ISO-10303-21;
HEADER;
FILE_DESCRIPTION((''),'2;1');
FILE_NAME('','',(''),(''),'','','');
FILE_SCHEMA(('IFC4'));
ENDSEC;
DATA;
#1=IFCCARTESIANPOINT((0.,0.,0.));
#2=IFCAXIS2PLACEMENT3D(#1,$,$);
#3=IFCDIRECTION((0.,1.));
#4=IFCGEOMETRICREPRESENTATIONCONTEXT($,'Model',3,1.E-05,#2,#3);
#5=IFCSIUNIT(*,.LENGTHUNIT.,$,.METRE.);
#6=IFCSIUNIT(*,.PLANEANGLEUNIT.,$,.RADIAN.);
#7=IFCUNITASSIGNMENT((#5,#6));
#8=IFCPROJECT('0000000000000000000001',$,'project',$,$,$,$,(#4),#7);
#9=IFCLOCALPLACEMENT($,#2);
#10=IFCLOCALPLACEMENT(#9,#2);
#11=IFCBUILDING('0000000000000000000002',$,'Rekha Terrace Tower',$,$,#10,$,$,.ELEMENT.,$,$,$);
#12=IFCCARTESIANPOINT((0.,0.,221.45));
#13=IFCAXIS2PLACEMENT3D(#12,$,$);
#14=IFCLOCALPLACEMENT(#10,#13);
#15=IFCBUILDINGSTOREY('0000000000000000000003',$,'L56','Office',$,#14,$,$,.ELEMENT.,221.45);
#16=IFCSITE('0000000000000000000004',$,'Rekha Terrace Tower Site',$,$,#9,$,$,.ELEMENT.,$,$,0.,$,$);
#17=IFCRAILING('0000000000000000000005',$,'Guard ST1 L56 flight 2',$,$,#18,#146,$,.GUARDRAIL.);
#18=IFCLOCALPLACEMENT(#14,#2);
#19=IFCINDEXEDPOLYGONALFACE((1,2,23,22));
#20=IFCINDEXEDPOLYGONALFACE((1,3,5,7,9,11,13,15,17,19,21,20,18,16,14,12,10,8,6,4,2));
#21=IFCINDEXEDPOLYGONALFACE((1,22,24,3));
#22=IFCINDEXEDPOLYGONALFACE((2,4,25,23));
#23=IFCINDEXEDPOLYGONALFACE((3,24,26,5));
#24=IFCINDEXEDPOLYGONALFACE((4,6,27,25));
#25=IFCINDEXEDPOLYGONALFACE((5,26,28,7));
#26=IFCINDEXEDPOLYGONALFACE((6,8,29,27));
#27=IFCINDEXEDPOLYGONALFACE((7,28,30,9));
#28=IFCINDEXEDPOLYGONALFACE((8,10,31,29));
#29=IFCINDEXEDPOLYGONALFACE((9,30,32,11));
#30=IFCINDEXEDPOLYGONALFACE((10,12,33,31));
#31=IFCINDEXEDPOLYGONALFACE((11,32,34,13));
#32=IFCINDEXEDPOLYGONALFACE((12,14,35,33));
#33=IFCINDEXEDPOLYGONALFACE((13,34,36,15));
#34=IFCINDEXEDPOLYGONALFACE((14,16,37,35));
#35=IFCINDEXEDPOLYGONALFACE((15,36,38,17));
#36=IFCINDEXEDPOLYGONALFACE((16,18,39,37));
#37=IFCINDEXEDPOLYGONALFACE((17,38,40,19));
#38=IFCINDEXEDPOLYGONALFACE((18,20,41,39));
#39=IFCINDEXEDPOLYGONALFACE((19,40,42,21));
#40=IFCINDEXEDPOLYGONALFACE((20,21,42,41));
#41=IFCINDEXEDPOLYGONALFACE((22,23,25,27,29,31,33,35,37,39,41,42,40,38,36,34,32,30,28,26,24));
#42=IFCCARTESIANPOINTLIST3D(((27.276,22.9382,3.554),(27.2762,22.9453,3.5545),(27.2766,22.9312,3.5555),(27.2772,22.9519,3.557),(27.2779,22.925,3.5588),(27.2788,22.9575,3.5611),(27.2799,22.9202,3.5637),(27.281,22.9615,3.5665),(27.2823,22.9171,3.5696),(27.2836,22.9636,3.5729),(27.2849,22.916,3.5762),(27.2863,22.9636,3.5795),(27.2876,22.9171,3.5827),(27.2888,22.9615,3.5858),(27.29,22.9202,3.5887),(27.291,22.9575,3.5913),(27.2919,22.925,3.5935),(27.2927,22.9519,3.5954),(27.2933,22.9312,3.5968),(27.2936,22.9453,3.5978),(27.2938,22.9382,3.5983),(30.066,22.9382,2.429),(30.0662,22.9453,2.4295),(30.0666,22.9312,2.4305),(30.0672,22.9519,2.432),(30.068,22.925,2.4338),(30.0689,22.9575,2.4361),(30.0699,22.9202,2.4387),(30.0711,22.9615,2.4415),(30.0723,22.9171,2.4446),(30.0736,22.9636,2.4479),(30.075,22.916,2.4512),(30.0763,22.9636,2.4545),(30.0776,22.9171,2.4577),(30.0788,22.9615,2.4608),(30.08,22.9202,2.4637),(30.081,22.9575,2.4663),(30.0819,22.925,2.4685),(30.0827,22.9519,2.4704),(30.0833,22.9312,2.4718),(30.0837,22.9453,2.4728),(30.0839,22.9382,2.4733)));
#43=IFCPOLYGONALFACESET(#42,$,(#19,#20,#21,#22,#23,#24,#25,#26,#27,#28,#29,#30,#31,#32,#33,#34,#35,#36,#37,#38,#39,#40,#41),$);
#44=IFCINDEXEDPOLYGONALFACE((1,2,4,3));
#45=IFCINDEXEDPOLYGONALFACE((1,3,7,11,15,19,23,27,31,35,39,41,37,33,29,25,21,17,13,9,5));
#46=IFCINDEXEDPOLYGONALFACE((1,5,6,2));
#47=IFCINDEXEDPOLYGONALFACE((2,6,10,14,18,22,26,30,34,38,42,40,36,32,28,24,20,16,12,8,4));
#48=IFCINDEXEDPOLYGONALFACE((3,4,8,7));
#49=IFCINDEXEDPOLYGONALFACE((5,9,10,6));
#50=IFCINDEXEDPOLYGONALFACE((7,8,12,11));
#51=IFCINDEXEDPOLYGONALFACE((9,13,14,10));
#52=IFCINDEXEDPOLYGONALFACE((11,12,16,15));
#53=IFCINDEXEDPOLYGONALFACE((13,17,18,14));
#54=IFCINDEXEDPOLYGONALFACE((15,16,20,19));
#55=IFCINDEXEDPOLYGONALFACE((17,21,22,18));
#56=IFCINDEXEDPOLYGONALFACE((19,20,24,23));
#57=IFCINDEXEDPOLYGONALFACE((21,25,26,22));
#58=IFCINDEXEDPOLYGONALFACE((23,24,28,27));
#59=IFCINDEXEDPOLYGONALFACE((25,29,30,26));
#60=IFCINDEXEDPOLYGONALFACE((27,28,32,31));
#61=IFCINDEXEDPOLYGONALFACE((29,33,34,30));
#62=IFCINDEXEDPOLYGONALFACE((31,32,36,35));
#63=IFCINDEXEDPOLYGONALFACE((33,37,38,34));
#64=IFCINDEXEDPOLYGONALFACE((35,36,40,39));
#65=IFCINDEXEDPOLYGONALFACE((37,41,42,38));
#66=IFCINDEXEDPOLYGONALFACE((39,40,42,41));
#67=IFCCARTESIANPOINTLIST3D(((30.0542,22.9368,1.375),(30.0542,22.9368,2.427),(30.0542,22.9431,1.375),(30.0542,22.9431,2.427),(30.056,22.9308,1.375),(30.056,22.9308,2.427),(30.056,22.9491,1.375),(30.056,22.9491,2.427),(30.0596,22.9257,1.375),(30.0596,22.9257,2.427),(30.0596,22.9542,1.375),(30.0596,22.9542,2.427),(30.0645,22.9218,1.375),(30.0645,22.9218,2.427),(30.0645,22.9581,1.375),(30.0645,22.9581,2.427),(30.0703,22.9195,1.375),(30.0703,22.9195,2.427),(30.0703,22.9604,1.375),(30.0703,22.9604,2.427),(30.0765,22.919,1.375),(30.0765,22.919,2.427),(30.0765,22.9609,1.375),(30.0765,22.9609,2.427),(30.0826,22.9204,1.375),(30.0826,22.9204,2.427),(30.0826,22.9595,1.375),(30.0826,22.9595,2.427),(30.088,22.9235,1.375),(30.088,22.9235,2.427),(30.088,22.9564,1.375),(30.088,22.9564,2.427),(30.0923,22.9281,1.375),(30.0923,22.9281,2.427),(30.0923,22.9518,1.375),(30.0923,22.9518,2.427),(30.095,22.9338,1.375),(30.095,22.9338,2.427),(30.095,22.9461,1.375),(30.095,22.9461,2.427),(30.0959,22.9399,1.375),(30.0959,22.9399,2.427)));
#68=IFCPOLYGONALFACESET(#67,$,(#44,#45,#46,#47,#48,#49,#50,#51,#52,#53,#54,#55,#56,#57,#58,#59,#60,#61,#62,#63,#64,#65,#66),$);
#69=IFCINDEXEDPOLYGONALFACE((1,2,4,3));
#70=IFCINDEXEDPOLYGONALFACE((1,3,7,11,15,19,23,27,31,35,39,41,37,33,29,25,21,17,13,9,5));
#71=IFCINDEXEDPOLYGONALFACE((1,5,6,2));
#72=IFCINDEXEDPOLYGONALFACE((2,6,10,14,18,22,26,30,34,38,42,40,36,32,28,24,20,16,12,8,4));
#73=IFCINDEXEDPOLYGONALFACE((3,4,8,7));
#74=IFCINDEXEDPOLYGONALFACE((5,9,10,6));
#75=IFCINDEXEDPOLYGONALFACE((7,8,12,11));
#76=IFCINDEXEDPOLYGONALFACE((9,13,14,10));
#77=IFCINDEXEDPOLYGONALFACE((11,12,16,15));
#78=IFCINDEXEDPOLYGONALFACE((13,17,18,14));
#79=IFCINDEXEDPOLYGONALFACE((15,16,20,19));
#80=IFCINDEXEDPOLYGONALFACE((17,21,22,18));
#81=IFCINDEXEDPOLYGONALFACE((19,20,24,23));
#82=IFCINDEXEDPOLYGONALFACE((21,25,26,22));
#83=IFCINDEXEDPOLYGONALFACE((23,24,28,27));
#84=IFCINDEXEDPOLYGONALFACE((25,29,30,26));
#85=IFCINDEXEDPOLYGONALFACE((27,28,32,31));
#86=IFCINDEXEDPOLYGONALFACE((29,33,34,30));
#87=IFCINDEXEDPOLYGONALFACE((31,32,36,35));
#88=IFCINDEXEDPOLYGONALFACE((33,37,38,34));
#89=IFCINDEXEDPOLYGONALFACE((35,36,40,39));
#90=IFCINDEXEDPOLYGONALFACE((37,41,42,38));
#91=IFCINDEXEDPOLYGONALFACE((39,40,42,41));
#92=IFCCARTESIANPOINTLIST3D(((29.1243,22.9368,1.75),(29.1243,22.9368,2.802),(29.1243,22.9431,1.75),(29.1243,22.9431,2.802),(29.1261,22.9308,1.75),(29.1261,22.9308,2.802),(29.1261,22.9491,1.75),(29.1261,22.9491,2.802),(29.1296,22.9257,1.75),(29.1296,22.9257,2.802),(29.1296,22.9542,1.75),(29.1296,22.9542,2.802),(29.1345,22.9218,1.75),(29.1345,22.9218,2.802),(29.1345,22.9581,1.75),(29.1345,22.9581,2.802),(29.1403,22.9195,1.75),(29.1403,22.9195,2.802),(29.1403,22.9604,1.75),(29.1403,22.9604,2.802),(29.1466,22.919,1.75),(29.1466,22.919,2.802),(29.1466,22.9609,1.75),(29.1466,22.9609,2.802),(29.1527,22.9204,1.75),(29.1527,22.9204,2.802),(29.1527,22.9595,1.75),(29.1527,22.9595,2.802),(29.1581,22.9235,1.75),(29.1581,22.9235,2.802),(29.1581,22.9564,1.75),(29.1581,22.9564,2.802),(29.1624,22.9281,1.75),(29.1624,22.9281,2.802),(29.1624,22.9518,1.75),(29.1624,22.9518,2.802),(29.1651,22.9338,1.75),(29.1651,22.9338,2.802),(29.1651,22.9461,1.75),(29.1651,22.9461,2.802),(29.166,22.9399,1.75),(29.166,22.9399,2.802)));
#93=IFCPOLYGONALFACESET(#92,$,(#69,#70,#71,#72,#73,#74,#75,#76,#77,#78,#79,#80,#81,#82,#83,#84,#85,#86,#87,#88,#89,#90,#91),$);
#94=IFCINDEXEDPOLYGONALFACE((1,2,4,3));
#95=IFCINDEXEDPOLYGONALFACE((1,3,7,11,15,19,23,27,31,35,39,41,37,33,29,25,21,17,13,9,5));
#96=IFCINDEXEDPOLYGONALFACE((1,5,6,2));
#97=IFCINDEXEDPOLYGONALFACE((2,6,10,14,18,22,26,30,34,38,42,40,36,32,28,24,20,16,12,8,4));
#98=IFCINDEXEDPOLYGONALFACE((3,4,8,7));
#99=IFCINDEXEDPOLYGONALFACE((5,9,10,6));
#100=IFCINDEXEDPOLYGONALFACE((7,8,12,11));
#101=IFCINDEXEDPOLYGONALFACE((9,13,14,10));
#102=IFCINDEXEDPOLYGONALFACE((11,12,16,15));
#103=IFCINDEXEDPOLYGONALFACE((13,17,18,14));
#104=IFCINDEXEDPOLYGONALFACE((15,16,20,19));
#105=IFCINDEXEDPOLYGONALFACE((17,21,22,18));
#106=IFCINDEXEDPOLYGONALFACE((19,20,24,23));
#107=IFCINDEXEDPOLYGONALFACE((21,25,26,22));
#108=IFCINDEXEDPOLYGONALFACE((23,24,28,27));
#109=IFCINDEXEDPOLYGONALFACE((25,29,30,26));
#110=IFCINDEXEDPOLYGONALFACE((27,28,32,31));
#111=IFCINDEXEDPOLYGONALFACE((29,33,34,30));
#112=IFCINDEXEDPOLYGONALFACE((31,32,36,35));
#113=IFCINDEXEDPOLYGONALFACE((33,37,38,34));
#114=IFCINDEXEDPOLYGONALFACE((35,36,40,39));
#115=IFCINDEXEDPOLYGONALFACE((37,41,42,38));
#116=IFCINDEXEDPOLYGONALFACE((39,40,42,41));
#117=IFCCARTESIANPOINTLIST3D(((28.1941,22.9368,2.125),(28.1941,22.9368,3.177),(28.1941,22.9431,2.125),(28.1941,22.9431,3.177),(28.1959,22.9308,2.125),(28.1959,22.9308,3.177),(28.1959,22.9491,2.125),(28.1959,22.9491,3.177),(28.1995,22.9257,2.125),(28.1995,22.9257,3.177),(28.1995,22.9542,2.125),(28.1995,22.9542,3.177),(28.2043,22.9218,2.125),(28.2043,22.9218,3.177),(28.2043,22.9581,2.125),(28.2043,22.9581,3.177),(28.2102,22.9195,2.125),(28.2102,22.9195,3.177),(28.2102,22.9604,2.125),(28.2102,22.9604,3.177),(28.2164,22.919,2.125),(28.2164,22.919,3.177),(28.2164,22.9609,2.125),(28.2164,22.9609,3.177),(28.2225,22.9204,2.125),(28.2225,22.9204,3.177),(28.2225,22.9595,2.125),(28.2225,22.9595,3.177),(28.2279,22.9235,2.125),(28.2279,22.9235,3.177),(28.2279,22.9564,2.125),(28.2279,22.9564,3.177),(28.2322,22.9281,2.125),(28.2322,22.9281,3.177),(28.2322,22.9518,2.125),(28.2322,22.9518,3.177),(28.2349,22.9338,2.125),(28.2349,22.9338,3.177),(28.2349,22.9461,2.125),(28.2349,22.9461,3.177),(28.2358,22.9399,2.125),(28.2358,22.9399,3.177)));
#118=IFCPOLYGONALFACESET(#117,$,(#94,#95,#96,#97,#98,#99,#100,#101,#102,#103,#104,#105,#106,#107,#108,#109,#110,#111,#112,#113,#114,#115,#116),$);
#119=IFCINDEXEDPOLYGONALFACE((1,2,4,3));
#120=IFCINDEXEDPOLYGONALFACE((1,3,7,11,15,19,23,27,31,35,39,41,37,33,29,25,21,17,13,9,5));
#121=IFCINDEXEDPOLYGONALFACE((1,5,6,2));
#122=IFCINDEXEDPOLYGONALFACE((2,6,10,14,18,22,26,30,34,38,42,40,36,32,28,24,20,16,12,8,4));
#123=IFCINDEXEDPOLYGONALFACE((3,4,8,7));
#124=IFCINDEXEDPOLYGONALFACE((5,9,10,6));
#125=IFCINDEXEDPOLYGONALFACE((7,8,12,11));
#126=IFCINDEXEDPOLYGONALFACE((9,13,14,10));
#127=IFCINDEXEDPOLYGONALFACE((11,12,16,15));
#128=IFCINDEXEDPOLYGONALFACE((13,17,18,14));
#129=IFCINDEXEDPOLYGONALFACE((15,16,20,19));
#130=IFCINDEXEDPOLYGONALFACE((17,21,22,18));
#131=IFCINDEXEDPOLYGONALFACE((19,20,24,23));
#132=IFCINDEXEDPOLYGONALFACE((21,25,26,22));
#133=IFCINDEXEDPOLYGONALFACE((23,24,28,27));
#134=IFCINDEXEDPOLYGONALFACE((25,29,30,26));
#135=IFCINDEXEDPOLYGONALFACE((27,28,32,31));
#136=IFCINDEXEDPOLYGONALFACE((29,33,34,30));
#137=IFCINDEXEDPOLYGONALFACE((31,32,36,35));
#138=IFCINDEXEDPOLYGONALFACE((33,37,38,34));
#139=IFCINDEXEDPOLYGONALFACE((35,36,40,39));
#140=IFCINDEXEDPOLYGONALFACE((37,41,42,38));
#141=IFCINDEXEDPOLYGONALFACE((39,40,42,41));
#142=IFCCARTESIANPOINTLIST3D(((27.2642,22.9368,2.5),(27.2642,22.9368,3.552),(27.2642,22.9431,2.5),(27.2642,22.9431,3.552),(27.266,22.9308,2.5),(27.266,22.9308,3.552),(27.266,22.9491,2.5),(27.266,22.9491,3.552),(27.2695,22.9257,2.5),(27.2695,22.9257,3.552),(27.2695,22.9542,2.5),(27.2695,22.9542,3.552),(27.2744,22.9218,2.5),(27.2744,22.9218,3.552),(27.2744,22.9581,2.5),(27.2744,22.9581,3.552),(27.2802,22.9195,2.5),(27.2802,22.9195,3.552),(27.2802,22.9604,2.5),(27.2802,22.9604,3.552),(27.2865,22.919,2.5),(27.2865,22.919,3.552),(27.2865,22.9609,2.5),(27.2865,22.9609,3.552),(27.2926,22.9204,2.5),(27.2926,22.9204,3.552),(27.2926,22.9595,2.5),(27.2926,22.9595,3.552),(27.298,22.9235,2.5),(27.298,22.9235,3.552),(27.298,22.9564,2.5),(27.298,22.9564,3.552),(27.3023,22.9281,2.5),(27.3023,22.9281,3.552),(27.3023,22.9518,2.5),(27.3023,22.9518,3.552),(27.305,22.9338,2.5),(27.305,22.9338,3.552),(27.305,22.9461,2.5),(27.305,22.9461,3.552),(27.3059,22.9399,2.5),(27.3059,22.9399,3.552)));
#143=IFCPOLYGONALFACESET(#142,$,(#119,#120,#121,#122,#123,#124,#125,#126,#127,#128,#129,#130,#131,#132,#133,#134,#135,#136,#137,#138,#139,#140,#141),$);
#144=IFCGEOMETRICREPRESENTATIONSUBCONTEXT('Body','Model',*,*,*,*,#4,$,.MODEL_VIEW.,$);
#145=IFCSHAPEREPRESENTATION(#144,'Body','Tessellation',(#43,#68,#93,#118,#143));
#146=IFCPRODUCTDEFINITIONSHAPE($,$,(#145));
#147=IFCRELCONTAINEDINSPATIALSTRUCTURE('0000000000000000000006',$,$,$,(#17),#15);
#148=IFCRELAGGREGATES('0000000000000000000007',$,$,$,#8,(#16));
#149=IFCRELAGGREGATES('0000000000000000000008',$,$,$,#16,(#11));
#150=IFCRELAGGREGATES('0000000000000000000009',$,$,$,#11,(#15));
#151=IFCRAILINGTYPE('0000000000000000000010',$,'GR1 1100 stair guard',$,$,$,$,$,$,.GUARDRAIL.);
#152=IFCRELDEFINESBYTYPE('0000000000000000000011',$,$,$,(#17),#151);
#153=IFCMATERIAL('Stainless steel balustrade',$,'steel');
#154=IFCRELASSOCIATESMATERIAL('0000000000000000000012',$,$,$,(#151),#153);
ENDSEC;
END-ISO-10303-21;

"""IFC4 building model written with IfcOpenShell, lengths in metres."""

from ifc_helpers import new_model, si_unit, direction, frame, origin, origin_2d, place, context, subcontext, project, spatial, circle, extrude, material, type_object, element, save


model = new_model("IFC4")

# Units and contexts
model_context = context("Model", 3, precision=1e-05, world=origin(), true_north=direction((0.0, 1.0)))
body_context = subcontext(model_context, "Body", "Model", "MODEL_VIEW")
ifc_project = project(units=[si_unit("LENGTHUNIT", "METRE"), si_unit("PLANEANGLEUNIT", "RADIAN")], contexts=[model_context])

# Site, building, storey
site_placement = place(None, origin())
site = spatial("IfcSite", under=ifc_project, at=site_placement, Name="Rekha Terrace Tower Site", CompositionType="ELEMENT", RefElevation=0.0)
building_placement = place(site_placement, origin())
building = spatial("IfcBuilding", under=site, at=building_placement, Name="Rekha Terrace Tower", CompositionType="ELEMENT")
storey_placement = place(building_placement, frame((0.0, 0.0, 221.45)))
storey = spatial("IfcBuildingStorey", under=building, at=storey_placement, Name="L56", Description="Office", CompositionType="ELEMENT", Elevation=221.45)

# Railing
ifc_material_1 = material(Name="Stainless steel balustrade", Category="steel")
railing_type_1 = type_object("IfcRailingType", Name="GR1 1100 stair guard", PredefinedType="GUARDRAIL", material=ifc_material_1)
railing_1_placement = place(storey_placement, frame((30.075, 22.9399, 1.375)))
element("IfcRailing", 1, at=railing_1_placement, inside=storey, type_object=railing_type_1, Name="Guard ST1 L56 flight 2", PredefinedType="GUARDRAIL", context=body_context, shape_type="SweptSolid", body=[
    extrude(circle(Radius=0.0239, at=origin_2d()), frame((0.0, 0.0, 1.0762), z_axis=(-0.927443, 0.0, 0.373964), x_axis=(0.0, -1.0, 0.0)), (0.0, 0.0, 1.0), 3.0083),
    extrude(circle(Radius=0.021, at=origin_2d()), origin(), (0.0, 0.0, 1.0), 1.052),
    extrude(circle(Radius=0.021, at=origin_2d()), frame((-0.9299, 0.0, 0.375)), (0.0, 0.0, 1.0), 1.052),
    extrude(circle(Radius=0.021, at=origin_2d()), frame((-1.8601, 0.0, 0.75)), (0.0, 0.0, 1.0), 1.052),
    extrude(circle(Radius=0.021, at=origin_2d()), frame((-2.79, 0.0, 1.125)), (0.0, 0.0, 1.0), 1.052),
])

save(model, "model.ifc")
